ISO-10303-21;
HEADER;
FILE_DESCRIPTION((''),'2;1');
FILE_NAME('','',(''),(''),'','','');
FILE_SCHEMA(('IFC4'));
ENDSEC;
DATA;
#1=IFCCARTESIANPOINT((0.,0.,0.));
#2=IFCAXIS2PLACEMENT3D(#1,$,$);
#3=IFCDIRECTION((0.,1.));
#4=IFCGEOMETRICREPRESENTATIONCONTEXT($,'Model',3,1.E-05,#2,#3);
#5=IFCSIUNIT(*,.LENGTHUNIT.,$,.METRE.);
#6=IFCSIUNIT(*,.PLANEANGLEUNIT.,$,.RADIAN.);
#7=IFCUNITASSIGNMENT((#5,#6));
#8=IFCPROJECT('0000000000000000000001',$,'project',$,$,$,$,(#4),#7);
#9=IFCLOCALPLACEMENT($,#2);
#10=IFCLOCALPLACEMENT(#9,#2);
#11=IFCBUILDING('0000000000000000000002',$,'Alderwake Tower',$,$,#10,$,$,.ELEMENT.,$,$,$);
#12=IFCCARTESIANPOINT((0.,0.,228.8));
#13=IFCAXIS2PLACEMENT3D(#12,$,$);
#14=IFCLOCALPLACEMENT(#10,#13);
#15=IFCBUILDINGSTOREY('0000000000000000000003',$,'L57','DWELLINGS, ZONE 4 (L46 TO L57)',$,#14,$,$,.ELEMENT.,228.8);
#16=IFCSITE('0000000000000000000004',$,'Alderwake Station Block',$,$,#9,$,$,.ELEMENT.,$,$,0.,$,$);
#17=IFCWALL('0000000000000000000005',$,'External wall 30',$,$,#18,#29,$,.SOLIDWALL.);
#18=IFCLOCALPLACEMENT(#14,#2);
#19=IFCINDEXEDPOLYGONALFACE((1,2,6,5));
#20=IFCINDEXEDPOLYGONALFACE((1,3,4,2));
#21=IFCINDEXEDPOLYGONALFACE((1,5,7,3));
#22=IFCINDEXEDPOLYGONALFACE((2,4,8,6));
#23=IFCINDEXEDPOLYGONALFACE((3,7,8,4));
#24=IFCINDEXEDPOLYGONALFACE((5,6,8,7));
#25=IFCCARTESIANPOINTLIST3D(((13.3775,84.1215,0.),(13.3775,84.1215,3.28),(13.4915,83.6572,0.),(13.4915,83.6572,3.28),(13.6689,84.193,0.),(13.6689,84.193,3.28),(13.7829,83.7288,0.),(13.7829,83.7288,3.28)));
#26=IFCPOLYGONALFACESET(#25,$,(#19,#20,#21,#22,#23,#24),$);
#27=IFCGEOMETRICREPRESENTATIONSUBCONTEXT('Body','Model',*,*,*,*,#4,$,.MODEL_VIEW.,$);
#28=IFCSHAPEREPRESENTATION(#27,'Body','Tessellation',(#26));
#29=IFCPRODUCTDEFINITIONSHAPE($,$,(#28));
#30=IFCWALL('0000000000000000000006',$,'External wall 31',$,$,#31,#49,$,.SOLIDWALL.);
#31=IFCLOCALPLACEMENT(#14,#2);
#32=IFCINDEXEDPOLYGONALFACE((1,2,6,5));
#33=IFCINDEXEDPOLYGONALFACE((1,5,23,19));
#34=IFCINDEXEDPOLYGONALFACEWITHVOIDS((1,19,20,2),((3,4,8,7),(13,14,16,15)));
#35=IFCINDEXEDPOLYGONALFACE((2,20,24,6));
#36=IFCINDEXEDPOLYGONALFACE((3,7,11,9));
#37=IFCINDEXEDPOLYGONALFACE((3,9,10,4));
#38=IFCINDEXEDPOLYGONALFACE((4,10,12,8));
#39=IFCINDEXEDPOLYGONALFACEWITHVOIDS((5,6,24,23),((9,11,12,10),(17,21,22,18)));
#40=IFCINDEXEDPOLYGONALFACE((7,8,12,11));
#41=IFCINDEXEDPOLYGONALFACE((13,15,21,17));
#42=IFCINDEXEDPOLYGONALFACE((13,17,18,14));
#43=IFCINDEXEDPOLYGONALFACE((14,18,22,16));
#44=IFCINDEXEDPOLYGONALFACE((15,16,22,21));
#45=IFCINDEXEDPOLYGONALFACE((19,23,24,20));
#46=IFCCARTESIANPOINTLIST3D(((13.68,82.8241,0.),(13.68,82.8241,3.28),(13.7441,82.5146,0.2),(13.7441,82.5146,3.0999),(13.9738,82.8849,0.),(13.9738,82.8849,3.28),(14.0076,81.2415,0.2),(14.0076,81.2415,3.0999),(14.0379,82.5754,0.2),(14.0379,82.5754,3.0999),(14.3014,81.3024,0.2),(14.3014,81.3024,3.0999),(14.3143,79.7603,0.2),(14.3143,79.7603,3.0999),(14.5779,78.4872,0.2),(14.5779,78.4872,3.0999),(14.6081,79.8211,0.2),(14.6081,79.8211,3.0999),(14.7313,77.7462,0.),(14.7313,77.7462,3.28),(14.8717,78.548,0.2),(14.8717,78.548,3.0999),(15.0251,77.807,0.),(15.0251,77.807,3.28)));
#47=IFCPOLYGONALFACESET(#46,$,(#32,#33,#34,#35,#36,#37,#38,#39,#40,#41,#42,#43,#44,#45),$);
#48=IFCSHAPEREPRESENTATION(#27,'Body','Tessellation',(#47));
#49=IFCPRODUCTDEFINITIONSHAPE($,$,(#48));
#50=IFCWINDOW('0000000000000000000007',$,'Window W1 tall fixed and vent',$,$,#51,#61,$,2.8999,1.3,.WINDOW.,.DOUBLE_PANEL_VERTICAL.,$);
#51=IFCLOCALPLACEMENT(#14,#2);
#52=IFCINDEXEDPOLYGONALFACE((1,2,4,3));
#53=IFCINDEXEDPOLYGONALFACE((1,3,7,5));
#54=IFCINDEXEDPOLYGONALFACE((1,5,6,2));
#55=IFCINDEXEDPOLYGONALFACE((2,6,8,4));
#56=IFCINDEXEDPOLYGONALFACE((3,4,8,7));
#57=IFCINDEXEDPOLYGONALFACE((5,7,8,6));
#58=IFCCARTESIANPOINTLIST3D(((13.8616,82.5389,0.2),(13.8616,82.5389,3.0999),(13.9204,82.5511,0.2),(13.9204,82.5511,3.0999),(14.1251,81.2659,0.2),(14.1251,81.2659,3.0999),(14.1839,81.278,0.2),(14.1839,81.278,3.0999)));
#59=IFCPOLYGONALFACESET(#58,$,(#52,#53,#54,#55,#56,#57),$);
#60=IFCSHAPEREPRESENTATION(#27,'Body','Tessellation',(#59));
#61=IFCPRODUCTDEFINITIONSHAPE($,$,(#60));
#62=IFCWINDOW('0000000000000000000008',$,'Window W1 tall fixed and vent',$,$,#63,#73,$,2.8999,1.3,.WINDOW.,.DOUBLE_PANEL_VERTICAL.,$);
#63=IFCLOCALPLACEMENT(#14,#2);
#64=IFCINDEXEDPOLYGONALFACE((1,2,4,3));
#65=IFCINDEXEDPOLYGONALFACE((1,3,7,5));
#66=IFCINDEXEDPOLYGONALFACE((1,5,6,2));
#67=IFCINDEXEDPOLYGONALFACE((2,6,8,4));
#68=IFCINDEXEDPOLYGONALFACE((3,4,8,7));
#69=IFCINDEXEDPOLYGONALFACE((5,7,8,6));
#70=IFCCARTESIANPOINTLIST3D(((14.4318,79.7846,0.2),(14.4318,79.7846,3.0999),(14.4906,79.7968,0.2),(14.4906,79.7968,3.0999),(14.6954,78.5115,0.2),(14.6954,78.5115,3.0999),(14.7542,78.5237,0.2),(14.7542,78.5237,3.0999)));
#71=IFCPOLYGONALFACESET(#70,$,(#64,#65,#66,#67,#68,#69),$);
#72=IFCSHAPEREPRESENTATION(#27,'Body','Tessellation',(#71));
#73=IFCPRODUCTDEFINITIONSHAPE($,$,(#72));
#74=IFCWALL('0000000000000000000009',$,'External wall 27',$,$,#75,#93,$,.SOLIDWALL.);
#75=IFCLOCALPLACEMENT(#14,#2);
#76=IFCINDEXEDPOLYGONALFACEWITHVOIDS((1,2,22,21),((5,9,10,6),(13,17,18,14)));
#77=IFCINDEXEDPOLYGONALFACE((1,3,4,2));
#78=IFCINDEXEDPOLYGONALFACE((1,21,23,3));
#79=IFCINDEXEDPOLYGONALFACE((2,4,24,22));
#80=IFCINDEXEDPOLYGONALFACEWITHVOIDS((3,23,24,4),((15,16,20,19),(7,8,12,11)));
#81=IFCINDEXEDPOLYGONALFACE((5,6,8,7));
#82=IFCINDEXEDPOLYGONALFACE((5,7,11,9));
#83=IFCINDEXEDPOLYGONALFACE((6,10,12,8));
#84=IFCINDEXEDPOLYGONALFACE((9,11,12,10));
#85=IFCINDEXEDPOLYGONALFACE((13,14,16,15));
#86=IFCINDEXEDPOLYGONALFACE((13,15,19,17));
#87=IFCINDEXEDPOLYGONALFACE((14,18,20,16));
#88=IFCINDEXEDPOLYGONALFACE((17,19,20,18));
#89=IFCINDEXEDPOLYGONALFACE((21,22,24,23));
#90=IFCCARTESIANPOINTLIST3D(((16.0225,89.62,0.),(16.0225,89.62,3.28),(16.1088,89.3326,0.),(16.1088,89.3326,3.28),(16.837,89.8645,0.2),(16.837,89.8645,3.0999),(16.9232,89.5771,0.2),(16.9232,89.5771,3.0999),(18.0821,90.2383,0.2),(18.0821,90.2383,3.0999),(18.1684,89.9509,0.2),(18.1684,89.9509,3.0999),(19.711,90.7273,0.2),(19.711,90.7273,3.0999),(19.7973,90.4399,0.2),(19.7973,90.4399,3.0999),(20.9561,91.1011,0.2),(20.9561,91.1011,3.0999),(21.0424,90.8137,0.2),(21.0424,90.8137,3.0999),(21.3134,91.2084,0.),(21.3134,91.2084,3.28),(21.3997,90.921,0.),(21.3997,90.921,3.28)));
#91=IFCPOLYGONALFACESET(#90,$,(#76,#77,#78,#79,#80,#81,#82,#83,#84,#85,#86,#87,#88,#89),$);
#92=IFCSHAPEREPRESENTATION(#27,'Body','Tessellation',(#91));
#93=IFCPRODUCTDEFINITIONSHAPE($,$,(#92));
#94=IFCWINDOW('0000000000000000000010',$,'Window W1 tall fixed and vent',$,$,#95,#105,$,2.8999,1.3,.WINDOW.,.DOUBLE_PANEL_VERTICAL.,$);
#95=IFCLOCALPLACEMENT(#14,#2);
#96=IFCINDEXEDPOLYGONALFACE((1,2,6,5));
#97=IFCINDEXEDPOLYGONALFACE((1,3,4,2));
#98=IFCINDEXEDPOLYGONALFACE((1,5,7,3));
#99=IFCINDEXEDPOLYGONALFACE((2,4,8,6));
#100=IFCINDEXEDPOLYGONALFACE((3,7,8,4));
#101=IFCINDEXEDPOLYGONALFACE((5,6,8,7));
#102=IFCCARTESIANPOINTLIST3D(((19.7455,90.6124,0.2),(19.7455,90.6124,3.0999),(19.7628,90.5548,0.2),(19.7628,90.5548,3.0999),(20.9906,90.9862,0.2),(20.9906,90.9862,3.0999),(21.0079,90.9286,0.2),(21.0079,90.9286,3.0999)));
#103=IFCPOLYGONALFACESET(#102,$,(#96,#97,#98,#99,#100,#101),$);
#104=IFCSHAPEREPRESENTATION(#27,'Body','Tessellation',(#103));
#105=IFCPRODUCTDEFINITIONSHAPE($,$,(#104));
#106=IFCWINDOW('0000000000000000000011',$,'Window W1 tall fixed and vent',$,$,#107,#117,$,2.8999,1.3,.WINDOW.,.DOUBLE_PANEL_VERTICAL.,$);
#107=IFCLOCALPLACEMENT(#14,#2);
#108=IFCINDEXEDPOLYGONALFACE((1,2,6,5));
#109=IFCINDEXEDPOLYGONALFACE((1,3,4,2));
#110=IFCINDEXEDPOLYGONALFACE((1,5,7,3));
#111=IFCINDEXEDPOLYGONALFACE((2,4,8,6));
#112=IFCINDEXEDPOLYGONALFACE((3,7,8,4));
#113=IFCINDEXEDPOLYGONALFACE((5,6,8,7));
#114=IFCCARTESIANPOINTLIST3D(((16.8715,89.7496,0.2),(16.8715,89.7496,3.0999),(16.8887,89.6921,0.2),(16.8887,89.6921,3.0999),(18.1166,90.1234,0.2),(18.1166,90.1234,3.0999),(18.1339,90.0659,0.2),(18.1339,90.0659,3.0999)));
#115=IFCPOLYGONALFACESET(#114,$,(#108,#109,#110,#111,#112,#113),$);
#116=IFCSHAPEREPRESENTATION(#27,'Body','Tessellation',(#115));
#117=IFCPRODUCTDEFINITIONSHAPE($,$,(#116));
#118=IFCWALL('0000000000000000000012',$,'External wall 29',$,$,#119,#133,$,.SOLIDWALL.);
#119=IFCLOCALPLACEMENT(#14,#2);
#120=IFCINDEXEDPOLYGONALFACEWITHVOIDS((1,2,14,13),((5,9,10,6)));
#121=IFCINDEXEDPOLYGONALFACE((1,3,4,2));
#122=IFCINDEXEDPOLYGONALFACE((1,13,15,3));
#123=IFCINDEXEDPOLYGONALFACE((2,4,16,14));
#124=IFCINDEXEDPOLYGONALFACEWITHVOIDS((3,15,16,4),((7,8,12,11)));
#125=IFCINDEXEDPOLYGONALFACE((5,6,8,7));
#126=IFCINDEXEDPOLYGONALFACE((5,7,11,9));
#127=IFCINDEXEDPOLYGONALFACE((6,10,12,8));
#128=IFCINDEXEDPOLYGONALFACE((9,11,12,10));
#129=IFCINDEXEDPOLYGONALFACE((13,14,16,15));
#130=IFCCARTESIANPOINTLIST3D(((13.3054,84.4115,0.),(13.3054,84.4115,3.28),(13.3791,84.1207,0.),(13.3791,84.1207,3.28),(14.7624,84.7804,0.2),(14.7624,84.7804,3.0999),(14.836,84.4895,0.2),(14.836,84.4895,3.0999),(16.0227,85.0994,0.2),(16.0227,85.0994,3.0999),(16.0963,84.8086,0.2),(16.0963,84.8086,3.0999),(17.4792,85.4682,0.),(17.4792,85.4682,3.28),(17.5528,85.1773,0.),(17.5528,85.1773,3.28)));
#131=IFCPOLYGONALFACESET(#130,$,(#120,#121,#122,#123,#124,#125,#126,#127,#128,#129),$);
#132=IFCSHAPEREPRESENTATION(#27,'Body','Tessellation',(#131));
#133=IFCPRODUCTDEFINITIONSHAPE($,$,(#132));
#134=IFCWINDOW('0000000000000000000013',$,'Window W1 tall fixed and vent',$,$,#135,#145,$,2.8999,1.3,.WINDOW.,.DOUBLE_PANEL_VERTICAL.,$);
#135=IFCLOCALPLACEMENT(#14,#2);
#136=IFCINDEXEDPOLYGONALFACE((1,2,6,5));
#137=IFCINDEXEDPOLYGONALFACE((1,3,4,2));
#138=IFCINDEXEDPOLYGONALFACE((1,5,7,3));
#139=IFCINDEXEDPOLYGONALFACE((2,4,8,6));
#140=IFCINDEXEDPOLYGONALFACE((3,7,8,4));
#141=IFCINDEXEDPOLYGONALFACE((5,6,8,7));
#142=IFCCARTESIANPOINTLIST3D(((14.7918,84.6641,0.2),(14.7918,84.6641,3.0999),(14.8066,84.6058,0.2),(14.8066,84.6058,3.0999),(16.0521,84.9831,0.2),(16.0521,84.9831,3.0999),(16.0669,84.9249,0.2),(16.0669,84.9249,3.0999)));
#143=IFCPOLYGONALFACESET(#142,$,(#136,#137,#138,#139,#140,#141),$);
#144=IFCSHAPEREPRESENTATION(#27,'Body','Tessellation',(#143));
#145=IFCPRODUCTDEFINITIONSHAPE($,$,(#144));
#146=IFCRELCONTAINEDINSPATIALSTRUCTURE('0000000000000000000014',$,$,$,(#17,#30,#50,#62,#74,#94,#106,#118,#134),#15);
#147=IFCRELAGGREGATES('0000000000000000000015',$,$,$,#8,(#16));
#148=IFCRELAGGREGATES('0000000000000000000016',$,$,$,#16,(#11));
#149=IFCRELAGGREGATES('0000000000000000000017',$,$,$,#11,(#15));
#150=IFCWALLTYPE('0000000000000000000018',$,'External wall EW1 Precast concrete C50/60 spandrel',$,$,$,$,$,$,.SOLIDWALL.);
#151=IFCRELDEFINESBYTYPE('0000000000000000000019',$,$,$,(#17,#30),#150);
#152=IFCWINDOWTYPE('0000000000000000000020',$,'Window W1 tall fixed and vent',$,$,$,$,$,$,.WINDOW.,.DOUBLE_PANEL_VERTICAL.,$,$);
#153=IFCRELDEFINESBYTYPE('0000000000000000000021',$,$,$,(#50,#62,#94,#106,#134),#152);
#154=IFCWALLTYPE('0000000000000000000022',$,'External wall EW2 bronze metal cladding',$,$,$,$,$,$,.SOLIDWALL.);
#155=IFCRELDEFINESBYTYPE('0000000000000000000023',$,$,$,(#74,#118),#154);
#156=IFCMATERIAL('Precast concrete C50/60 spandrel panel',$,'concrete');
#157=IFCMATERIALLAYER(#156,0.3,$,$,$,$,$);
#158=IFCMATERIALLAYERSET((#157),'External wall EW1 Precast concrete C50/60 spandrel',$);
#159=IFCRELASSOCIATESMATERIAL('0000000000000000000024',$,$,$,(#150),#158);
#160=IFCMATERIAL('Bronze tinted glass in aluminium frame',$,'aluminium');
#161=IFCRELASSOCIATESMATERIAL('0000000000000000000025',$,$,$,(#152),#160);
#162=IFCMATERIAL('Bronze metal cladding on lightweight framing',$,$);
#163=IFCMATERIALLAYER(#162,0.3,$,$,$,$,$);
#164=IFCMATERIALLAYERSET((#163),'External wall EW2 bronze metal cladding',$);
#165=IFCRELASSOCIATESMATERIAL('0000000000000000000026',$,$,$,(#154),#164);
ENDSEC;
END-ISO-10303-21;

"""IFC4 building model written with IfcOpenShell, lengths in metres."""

from ifc_helpers import new_model, si_unit, direction, frame, frame_2d, origin, place, context, subcontext, project, spatial, rectangle, extrude, material, layer, layer_set, type_object, element, fill, save


model = new_model("IFC4")

# Units and contexts
model_context = context("Model", 3, precision=1e-05, world=origin(), true_north=direction((0.0, 1.0)))
body_context = subcontext(model_context, "Body", "Model", "MODEL_VIEW")
ifc_project = project(units=[si_unit("LENGTHUNIT", "METRE"), si_unit("PLANEANGLEUNIT", "RADIAN")], contexts=[model_context])

# Site, building, storey
site_placement = place(None, origin())
site = spatial("IfcSite", under=ifc_project, at=site_placement, Name="Alderwake Station Block", CompositionType="ELEMENT", RefElevation=0.0)
building_placement = place(site_placement, origin())
building = spatial("IfcBuilding", under=site, at=building_placement, Name="Alderwake Tower", CompositionType="ELEMENT")
storey_placement = place(building_placement, frame((0.0, 0.0, 228.8)))
storey = spatial("IfcBuildingStorey", under=building, at=storey_placement, Name="L57", Description="DWELLINGS, ZONE 4 (L46 TO L57)", CompositionType="ELEMENT", Elevation=228.8)

# Wall
ifc_material_1 = material(Name="Precast concrete C50/60 spandrel panel", Category="concrete")
ifc_layer_1 = layer(ifc_material_1, 0.3)
ifc_layer_set_1 = layer_set([ifc_layer_1], Name="External wall EW1 Precast concrete C50/60 spandrel")
wall_type_1 = type_object("IfcWallType", Name="External wall EW1 Precast concrete C50/60 spandrel", PredefinedType="SOLIDWALL", material=ifc_layer_set_1)
wall_1_placement = place(storey_placement, frame((13.5232, 84.1572, 0.0), z_axis=(0.0, 0.0, 1.0), x_axis=(0.238449, -0.971155, 0.0)))
element("IfcWall", 1, at=wall_1_placement, inside=storey, type_object=wall_type_1, Name="External wall 30", PredefinedType="SOLIDWALL", context=body_context, shape_type="SweptSolid", body=[
    extrude(rectangle(XDim=0.478, YDim=0.3, at=frame_2d((0.239, 0.0))), origin(), (0.0, 0.0, 1.0), 3.28),
])

# Walls, openings, windows
wall_2_placement = place(storey_placement, frame((13.8269, 82.8545, 0.0), z_axis=(0.0, 0.0, 1.0), x_axis=(0.20273, -0.979235, 0.0)))
wall_2 = element("IfcWall", 2, at=wall_2_placement, inside=storey, type_object=wall_type_1, Name="External wall 31", PredefinedType="SOLIDWALL", context=body_context, shape_type="SweptSolid", body=[
    extrude(rectangle(XDim=5.1855, YDim=0.3, at=frame_2d((2.5928, 0.0))), origin(), (0.0, 0.0, 1.0), 3.28),
])
opening_1_placement = place(wall_2_placement, frame((0.3162, 0.0, 0.2)))
opening_1 = element("IfcOpeningElement", 3, at=opening_1_placement, cuts=wall_2, PredefinedType="OPENING", context=body_context, shape_type="SweptSolid", body=[
    extrude(rectangle(XDim=1.3, YDim=2.8999, at=frame_2d((0.6499, 1.45))), frame((0.0, 0.1599, 0.0), z_axis=(0.0, -1.0, 0.0), x_axis=(1.0, 0.0, 0.0)), (0.0, 0.0, 1.0), 0.3201),
])
opening_2_placement = place(wall_2_placement, frame((3.1289, 0.0, 0.2)))
opening_2 = element("IfcOpeningElement", 4, at=opening_2_placement, cuts=wall_2, PredefinedType="OPENING", context=body_context, shape_type="SweptSolid", body=[
    extrude(rectangle(XDim=1.3, YDim=2.8999, at=frame_2d((0.6499, 1.45))), frame((0.0, 0.1599, 0.0), z_axis=(0.0, -1.0, 0.0), x_axis=(1.0, 0.0, 0.0)), (0.0, 0.0, 1.0), 0.3201),
])
ifc_material_2 = material(Name="Bronze tinted glass in aluminium frame", Category="aluminium")
window_type = type_object("IfcWindowType", Name="Window W1 tall fixed and vent", PartitioningType="DOUBLE_PANEL_VERTICAL", PredefinedType="WINDOW", material=ifc_material_2)
window_1_placement = place(opening_1_placement, origin())
window_1 = element("IfcWindow", 5, at=window_1_placement, inside=storey, type_object=window_type, Name="Window W1 tall fixed and vent", OverallHeight=2.8999, OverallWidth=1.3, PartitioningType="DOUBLE_PANEL_VERTICAL", PredefinedType="WINDOW", context=body_context, shape_type="SweptSolid", body=[
    extrude(rectangle(XDim=1.3, YDim=2.8999, at=frame_2d((0.6499, 1.45))), frame((0.0, 0.03, 0.0), z_axis=(0.0, -1.0, 0.0), x_axis=(1.0, 0.0, 0.0)), (0.0, 0.0, 1.0), 0.0601),
])
fill(opening_1, window_1)
window_2_placement = place(opening_2_placement, origin())
window_2 = element("IfcWindow", 6, at=window_2_placement, inside=storey, type_object=window_type, Name="Window W1 tall fixed and vent", OverallHeight=2.8999, OverallWidth=1.3, PartitioningType="DOUBLE_PANEL_VERTICAL", PredefinedType="WINDOW", context=body_context, shape_type="SweptSolid", body=[
    extrude(rectangle(XDim=1.3, YDim=2.8999, at=frame_2d((0.6499, 1.45))), frame((0.0, 0.03, 0.0), z_axis=(0.0, -1.0, 0.0), x_axis=(1.0, 0.0, 0.0)), (0.0, 0.0, 1.0), 0.0601),
])
fill(opening_2, window_2)
ifc_material_3 = material(Name="Bronze metal cladding on lightweight framing")
ifc_layer_2 = layer(ifc_material_3, 0.3)
ifc_layer_set_2 = layer_set([ifc_layer_2], Name="External wall EW2 bronze metal cladding")
wall_type_2 = type_object("IfcWallType", Name="External wall EW2 bronze metal cladding", PredefinedType="SOLIDWALL", material=ifc_layer_set_2)
wall_3_placement = place(storey_placement, frame((21.3567, 91.0647, 0.0), z_axis=(0.0, 0.0, 1.0), x_axis=(-0.957773, -0.287526, 0.0)))
wall_3 = element("IfcWall", 7, at=wall_3_placement, inside=storey, type_object=wall_type_2, Name="External wall 27", PredefinedType="SOLIDWALL", context=body_context, shape_type="SweptSolid", body=[
    extrude(rectangle(XDim=5.5242, YDim=0.3, at=frame_2d((2.7622, 0.0))), origin(), (0.0, 0.0, 1.0), 3.28),
])
opening_3_placement = place(wall_3_placement, frame((0.3733, 0.0, 0.2)))
opening_3 = element("IfcOpeningElement", 8, at=opening_3_placement, cuts=wall_3, PredefinedType="OPENING", context=body_context, shape_type="SweptSolid", body=[
    extrude(rectangle(XDim=1.3, YDim=2.8999, at=frame_2d((0.6499, 1.45))), frame((0.0, 0.1599, 0.0), z_axis=(0.0, -1.0, 0.0), x_axis=(1.0, 0.0, 0.0)), (0.0, 0.0, 1.0), 0.3201),
])
opening_4_placement = place(wall_3_placement, frame((3.374, 0.0, 0.2)))
opening_4 = element("IfcOpeningElement", 9, at=opening_4_placement, cuts=wall_3, PredefinedType="OPENING", context=body_context, shape_type="SweptSolid", body=[
    extrude(rectangle(XDim=1.3, YDim=2.8999, at=frame_2d((0.6499, 1.45))), frame((0.0, 0.1599, 0.0), z_axis=(0.0, -1.0, 0.0), x_axis=(1.0, 0.0, 0.0)), (0.0, 0.0, 1.0), 0.3201),
])
window_3_placement = place(opening_3_placement, origin())
window_3 = element("IfcWindow", 10, at=window_3_placement, inside=storey, type_object=window_type, Name="Window W1 tall fixed and vent", OverallHeight=2.8999, OverallWidth=1.3, PartitioningType="DOUBLE_PANEL_VERTICAL", PredefinedType="WINDOW", context=body_context, shape_type="SweptSolid", body=[
    extrude(rectangle(XDim=1.3, YDim=2.8999, at=frame_2d((0.6499, 1.45))), frame((0.0, 0.03, 0.0), z_axis=(0.0, -1.0, 0.0), x_axis=(1.0, 0.0, 0.0)), (0.0, 0.0, 1.0), 0.0601),
])
fill(opening_3, window_3)
window_4_placement = place(opening_4_placement, origin())
window_4 = element("IfcWindow", 11, at=window_4_placement, inside=storey, type_object=window_type, Name="Window W1 tall fixed and vent", OverallHeight=2.8999, OverallWidth=1.3, PartitioningType="DOUBLE_PANEL_VERTICAL", PredefinedType="WINDOW", context=body_context, shape_type="SweptSolid", body=[
    extrude(rectangle(XDim=1.3, YDim=2.8999, at=frame_2d((0.6499, 1.45))), frame((0.0, 0.03, 0.0), z_axis=(0.0, -1.0, 0.0), x_axis=(1.0, 0.0, 0.0)), (0.0, 0.0, 1.0), 0.0601),
])
fill(opening_4, window_4)

# Wall, opening, window
wall_4_placement = place(storey_placement, frame((17.5161, 85.3228, 0.0), z_axis=(0.0, 0.0, 1.0), x_axis=(-0.969418, -0.245416, 0.0)))
wall_4 = element("IfcWall", 12, at=wall_4_placement, inside=storey, type_object=wall_type_2, Name="External wall 29", PredefinedType="SOLIDWALL", context=body_context, shape_type="SweptSolid", body=[
    extrude(rectangle(XDim=4.3054, YDim=0.3, at=frame_2d((2.1528, 0.0))), origin(), (0.0, 0.0, 1.0), 3.28),
])
opening_5_placement = place(wall_4_placement, frame((1.5027, 0.0, 0.2)))
opening_5 = element("IfcOpeningElement", 13, at=opening_5_placement, cuts=wall_4, PredefinedType="OPENING", context=body_context, shape_type="SweptSolid", body=[
    extrude(rectangle(XDim=1.3, YDim=2.8999, at=frame_2d((0.6499, 1.45))), frame((0.0, 0.1599, 0.0), z_axis=(0.0, -1.0, 0.0), x_axis=(1.0, 0.0, 0.0)), (0.0, 0.0, 1.0), 0.3201),
])
window_5_placement = place(opening_5_placement, origin())
window_5 = element("IfcWindow", 14, at=window_5_placement, inside=storey, type_object=window_type, Name="Window W1 tall fixed and vent", OverallHeight=2.8999, OverallWidth=1.3, PartitioningType="DOUBLE_PANEL_VERTICAL", PredefinedType="WINDOW", context=body_context, shape_type="SweptSolid", body=[
    extrude(rectangle(XDim=1.3, YDim=2.8999, at=frame_2d((0.6499, 1.45))), frame((0.0, 0.03, 0.0), z_axis=(0.0, -1.0, 0.0), x_axis=(1.0, 0.0, 0.0)), (0.0, 0.0, 1.0), 0.0601),
])
fill(opening_5, window_5)

save(model, "model.ifc")
